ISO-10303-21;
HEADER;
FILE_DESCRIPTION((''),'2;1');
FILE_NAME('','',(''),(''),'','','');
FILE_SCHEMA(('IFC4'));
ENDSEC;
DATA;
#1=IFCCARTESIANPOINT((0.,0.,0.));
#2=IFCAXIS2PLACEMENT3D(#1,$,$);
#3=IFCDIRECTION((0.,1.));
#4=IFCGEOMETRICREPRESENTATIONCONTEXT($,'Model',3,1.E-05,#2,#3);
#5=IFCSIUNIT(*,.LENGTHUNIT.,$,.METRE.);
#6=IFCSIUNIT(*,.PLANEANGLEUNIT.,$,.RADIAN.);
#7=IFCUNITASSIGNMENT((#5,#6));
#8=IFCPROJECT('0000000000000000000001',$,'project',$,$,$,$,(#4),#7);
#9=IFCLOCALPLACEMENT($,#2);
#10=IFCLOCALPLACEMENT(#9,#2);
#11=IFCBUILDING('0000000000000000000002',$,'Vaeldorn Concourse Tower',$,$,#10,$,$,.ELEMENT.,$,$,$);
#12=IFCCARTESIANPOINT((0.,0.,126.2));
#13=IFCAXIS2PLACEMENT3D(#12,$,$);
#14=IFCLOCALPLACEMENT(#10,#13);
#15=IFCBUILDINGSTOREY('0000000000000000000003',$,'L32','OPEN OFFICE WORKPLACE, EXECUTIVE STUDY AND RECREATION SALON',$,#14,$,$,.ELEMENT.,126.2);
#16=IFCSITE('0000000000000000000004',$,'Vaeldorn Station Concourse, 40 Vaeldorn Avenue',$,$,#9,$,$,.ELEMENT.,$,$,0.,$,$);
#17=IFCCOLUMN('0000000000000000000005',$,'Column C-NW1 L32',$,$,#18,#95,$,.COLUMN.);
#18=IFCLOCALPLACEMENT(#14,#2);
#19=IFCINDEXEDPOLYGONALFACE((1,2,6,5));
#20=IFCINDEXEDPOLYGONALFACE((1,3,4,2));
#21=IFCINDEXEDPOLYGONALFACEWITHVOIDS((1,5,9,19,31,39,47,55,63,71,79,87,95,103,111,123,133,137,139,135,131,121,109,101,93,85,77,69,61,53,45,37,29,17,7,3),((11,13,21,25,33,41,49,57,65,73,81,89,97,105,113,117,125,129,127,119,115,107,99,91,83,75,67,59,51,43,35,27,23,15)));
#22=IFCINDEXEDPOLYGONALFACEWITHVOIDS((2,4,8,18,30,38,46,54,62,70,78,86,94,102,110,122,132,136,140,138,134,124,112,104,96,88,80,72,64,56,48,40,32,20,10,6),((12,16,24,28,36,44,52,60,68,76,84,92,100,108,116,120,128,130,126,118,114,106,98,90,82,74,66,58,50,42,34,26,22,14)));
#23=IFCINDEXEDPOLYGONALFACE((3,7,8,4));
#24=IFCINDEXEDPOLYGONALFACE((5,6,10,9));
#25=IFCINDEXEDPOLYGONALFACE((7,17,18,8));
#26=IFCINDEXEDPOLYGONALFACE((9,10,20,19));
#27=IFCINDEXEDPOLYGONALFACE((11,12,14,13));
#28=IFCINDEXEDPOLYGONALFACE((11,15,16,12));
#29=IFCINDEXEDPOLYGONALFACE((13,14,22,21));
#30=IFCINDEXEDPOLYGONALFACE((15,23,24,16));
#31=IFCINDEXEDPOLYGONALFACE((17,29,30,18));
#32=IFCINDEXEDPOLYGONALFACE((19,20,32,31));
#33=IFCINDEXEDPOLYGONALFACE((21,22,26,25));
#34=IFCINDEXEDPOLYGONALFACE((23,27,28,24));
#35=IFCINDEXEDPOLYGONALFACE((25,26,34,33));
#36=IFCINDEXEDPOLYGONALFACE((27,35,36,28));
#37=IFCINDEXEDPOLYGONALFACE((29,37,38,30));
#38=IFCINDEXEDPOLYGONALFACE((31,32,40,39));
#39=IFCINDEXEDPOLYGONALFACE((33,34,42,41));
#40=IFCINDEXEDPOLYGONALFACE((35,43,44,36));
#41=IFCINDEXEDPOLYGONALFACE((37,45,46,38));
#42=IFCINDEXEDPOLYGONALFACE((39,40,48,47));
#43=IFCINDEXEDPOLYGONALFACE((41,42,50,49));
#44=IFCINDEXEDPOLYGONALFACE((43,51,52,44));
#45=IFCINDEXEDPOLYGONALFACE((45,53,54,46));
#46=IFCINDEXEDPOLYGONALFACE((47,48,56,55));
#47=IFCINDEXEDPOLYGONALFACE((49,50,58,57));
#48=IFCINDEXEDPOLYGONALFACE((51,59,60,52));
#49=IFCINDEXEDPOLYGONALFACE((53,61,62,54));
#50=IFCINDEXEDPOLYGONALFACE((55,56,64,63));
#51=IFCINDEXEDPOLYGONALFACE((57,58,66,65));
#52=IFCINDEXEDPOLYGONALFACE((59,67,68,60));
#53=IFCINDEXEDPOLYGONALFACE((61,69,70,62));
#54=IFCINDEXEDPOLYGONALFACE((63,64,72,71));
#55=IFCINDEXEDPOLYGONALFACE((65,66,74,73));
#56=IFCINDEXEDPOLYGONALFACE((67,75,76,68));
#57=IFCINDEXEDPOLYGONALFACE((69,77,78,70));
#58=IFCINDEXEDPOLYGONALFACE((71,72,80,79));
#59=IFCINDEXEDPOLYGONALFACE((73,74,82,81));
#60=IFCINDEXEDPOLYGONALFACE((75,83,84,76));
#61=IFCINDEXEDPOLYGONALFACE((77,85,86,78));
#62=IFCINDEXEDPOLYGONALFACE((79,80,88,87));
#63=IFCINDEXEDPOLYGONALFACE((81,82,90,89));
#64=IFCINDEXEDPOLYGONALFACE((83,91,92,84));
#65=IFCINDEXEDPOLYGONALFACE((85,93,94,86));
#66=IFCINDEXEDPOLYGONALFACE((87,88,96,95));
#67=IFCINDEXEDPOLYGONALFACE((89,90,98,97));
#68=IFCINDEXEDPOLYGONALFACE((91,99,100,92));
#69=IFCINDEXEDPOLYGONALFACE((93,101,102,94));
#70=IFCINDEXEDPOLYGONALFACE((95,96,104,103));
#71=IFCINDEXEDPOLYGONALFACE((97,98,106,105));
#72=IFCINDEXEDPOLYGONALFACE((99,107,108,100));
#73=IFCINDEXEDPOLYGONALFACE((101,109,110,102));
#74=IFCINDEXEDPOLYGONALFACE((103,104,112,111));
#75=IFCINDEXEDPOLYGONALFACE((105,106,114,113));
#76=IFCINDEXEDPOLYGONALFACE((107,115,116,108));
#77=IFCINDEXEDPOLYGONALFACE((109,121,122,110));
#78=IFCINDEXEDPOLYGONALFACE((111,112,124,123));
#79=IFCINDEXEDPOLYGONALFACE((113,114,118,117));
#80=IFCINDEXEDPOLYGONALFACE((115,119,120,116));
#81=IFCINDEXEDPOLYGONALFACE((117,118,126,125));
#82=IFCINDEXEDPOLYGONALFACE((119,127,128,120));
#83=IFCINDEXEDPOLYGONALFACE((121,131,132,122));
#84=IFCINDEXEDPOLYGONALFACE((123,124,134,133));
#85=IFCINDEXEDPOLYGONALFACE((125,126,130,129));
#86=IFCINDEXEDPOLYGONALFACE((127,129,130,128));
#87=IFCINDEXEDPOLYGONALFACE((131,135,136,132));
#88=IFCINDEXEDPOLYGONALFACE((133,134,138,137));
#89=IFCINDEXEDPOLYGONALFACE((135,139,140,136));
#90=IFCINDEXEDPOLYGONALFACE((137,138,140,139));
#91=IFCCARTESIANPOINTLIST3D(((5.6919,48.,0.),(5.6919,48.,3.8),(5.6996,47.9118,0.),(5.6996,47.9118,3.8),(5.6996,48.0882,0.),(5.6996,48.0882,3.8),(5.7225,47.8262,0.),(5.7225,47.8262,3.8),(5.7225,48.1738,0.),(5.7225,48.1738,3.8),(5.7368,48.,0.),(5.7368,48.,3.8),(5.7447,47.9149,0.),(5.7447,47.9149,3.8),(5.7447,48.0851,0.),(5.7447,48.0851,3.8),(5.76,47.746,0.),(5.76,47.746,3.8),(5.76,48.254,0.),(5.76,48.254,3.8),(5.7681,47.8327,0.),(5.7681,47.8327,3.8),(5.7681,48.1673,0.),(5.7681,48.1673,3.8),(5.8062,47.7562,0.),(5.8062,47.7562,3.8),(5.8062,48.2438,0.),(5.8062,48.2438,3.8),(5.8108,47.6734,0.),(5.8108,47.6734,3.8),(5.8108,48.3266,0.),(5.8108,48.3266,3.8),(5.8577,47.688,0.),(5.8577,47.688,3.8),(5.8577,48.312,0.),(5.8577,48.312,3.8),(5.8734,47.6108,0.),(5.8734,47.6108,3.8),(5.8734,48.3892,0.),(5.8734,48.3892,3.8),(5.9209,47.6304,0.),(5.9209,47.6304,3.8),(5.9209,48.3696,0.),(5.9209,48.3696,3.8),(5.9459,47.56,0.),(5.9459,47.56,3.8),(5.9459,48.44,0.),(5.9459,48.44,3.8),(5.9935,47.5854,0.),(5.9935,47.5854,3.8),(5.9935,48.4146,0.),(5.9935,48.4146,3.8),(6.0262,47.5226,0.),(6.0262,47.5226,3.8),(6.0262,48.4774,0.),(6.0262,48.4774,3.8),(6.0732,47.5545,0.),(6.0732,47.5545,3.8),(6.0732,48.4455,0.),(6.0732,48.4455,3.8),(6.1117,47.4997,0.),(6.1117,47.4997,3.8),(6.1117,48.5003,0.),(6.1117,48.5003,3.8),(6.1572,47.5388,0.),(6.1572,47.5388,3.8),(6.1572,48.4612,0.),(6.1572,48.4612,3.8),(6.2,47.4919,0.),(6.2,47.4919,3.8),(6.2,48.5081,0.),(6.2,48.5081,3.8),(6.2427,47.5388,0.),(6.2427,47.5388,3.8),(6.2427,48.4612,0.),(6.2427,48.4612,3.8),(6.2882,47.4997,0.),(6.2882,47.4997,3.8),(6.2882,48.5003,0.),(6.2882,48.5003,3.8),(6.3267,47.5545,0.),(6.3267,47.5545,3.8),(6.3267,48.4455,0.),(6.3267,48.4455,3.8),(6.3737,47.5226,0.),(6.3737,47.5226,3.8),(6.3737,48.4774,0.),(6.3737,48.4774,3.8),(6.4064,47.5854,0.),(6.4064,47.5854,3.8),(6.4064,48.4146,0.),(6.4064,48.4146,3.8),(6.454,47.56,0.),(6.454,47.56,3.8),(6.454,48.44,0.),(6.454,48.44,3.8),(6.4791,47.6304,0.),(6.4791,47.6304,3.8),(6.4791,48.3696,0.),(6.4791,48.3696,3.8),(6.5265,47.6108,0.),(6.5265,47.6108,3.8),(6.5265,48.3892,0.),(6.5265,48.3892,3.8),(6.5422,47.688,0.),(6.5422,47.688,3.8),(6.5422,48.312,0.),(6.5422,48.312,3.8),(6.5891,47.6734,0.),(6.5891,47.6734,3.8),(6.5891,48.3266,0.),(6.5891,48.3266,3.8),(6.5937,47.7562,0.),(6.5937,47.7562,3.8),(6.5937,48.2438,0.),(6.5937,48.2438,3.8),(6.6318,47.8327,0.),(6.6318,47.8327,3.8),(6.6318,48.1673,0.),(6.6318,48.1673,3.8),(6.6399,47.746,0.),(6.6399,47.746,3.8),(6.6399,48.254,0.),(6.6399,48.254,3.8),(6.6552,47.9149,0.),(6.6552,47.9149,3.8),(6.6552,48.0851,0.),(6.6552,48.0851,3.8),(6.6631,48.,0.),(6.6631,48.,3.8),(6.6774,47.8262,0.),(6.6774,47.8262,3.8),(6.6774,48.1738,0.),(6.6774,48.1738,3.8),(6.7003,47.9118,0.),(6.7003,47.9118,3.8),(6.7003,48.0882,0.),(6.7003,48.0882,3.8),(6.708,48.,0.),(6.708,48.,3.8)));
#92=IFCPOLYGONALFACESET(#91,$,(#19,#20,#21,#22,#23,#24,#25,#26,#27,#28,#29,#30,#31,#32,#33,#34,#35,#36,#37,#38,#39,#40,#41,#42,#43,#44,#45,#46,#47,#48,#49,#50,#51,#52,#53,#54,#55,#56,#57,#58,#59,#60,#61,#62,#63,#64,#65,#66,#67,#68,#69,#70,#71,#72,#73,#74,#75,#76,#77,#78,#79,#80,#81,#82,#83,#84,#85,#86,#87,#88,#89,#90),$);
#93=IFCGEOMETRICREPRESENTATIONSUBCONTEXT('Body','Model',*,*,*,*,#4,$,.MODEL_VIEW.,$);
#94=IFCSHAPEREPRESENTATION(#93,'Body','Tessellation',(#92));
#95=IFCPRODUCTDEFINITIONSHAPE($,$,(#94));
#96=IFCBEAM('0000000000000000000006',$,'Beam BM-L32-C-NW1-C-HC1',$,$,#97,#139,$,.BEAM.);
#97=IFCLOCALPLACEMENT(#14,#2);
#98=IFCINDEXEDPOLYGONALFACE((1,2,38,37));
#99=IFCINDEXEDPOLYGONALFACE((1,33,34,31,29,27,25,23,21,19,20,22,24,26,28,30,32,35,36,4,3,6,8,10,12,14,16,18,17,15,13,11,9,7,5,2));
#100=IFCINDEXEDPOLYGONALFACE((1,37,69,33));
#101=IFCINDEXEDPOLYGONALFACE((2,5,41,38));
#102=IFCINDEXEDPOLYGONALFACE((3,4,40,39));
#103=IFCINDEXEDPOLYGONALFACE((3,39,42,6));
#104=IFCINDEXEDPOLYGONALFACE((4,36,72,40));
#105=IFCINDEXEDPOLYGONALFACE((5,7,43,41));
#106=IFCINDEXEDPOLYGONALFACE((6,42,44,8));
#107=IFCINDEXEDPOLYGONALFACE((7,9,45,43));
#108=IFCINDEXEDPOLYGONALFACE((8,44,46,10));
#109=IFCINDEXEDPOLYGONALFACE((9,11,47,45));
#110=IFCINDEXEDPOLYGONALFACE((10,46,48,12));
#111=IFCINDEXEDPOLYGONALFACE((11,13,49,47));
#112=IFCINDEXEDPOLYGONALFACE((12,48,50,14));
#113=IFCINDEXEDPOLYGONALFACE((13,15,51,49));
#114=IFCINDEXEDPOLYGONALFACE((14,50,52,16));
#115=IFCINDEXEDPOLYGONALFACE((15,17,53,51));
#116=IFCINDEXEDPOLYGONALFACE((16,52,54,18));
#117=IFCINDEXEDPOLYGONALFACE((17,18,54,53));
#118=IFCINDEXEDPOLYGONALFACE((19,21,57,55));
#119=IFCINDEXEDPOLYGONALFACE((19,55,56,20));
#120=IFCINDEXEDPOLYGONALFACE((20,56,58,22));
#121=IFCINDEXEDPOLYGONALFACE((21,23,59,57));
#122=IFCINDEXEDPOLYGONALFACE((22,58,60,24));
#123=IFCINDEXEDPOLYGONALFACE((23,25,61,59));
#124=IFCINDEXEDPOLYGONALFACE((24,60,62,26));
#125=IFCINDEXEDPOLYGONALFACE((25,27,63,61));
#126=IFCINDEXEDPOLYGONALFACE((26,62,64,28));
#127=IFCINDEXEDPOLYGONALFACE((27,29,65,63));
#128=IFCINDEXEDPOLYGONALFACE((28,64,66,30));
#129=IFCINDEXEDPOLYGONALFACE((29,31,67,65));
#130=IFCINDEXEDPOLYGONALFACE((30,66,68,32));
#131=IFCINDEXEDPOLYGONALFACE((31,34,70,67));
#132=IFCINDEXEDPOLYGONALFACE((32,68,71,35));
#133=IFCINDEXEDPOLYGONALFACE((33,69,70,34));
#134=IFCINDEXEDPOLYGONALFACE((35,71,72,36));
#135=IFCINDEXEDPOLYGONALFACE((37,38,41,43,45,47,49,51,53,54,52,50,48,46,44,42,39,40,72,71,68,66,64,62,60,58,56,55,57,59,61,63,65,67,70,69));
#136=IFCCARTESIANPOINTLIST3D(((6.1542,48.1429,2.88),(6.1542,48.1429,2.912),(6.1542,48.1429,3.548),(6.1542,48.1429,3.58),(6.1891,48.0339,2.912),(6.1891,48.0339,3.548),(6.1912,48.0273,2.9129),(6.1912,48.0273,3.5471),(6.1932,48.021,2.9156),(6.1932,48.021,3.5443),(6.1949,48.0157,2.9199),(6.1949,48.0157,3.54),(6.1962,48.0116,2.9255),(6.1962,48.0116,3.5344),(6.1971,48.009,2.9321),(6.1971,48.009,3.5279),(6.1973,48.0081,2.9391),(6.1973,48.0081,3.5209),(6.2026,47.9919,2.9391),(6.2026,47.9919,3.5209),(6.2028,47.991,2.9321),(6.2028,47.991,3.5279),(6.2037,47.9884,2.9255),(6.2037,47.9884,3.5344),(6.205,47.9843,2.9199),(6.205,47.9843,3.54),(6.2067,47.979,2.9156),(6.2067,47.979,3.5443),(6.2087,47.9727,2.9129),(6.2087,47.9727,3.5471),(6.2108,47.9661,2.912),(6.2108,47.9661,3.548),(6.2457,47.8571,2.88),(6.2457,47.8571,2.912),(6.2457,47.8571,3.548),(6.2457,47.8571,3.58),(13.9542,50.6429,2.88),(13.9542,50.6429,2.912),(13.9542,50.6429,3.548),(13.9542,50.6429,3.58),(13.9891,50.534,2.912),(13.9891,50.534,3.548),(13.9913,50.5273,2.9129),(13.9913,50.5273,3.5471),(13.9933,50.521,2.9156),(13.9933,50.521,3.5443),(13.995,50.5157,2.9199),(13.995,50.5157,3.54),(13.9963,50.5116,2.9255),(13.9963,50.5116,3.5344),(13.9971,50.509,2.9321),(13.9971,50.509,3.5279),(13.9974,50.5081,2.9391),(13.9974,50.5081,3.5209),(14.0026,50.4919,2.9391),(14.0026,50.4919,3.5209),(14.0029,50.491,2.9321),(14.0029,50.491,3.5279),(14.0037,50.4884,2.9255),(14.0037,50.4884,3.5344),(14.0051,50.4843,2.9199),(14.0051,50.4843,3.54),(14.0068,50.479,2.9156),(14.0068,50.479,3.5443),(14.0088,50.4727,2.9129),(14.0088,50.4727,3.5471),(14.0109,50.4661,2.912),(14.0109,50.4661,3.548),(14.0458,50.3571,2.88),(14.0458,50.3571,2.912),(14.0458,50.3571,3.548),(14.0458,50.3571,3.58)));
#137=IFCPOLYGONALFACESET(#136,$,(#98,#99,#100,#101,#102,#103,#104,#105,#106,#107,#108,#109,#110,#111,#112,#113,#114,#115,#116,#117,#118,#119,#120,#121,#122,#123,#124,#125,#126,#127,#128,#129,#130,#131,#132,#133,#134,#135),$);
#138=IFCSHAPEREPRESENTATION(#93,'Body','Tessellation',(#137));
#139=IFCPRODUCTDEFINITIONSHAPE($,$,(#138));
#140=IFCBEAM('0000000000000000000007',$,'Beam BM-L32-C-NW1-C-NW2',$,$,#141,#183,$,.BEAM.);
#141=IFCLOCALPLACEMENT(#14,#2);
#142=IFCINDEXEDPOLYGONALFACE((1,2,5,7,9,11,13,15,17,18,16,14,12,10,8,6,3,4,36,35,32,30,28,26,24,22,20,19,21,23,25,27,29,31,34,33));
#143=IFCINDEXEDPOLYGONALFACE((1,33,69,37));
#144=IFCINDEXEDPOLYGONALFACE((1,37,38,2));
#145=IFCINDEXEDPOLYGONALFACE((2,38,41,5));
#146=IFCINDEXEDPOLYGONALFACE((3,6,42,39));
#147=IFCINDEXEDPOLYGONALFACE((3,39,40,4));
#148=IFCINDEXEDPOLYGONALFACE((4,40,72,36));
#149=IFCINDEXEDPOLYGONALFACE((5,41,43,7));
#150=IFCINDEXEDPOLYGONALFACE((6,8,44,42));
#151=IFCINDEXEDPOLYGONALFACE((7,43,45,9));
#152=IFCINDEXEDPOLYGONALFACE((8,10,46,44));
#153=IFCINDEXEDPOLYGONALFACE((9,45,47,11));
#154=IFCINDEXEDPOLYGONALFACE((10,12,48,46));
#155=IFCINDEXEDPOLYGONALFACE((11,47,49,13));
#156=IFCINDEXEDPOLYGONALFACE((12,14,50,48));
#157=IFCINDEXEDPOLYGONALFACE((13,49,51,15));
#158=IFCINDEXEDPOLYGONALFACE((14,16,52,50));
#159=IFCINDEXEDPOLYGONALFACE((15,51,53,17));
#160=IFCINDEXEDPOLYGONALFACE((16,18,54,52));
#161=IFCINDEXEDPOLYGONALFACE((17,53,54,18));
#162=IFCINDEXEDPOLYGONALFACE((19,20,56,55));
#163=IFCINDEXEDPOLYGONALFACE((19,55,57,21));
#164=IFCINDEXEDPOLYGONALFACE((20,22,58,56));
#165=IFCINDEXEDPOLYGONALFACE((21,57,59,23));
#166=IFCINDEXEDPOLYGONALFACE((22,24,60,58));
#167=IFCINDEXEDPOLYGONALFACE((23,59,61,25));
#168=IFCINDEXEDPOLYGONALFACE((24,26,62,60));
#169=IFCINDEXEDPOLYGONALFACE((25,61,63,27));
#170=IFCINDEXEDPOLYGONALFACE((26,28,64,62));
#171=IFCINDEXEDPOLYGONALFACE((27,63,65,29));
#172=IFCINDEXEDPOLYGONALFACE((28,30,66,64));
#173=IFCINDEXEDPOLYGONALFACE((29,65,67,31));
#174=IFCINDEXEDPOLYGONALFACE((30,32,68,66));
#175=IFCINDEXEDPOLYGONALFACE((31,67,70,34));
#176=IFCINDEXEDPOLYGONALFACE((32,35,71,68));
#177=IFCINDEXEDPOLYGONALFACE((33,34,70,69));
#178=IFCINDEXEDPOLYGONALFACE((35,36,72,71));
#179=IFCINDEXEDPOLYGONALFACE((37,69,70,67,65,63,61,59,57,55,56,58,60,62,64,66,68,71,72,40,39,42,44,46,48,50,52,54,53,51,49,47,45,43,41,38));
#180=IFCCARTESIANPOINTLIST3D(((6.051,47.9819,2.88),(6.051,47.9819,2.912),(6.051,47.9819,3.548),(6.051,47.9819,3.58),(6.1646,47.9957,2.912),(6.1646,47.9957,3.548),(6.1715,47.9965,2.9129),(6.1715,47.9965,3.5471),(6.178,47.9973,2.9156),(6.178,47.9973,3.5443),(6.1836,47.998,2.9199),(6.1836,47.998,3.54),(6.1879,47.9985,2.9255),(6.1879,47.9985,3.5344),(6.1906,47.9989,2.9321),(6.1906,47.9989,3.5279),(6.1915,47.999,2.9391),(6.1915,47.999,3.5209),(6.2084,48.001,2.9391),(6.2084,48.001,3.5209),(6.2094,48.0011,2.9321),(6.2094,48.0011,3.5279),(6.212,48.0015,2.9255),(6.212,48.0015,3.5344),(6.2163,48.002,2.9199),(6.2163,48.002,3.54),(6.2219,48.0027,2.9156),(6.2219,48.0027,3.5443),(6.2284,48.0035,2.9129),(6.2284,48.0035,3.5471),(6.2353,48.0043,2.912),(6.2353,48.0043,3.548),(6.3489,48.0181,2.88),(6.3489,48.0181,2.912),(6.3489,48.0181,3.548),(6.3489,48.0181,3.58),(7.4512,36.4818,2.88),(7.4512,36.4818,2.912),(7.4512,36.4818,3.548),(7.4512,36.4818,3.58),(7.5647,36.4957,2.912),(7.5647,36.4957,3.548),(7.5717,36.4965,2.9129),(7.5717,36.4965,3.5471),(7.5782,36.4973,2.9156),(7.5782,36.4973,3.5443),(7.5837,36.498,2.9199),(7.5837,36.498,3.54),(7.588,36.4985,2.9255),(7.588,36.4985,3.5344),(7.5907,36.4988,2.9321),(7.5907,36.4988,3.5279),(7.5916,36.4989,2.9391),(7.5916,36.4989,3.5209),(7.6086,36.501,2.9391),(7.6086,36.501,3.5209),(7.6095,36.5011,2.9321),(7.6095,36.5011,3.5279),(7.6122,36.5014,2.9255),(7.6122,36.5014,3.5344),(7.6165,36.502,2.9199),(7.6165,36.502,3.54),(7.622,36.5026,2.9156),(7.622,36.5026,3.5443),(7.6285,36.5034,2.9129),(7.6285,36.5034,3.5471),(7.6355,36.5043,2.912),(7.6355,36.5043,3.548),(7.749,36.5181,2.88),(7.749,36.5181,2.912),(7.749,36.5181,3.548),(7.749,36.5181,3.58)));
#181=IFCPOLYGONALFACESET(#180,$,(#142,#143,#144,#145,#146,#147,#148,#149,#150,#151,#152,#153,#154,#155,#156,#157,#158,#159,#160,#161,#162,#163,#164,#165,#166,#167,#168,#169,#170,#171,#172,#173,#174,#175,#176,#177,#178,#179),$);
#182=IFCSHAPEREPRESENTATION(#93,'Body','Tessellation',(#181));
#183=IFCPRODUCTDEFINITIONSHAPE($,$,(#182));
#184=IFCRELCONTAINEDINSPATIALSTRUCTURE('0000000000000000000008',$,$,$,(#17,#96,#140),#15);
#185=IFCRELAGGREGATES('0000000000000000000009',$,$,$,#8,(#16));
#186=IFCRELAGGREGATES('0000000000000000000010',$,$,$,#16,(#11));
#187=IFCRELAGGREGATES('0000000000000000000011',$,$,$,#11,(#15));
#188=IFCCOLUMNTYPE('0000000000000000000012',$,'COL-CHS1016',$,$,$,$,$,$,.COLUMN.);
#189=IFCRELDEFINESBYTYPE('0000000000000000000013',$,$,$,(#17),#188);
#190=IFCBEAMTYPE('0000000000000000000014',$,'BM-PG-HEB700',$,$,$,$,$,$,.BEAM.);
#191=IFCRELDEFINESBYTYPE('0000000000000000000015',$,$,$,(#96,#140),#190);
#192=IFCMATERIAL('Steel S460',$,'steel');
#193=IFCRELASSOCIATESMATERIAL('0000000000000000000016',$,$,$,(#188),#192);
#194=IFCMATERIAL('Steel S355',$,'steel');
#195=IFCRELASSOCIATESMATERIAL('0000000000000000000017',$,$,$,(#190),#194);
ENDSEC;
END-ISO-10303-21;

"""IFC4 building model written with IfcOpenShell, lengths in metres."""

from ifc_helpers import new_model, si_unit, direction, frame, origin, origin_2d, place, context, subcontext, project, spatial, hollow_circle, i_section, extrude, source, transform, mapped, material, material_profile, profile_set, type_object, element, save


model = new_model("IFC4")

# Units and contexts
model_context = context("Model", 3, precision=1e-05, world=origin(), true_north=direction((0.0, 1.0)))
body_context = subcontext(model_context, "Body", "Model", "MODEL_VIEW")
ifc_project = project(units=[si_unit("LENGTHUNIT", "METRE"), si_unit("PLANEANGLEUNIT", "RADIAN")], contexts=[model_context])

# Site, building, storey
site_placement = place(None, origin())
site = spatial("IfcSite", under=ifc_project, at=site_placement, Name="Vaeldorn Station Concourse, 40 Vaeldorn Avenue", CompositionType="ELEMENT", RefElevation=0.0)
building_placement = place(site_placement, origin())
building = spatial("IfcBuilding", under=site, at=building_placement, Name="Vaeldorn Concourse Tower", CompositionType="ELEMENT")
storey_placement = place(building_placement, frame((0.0, 0.0, 126.2)))
storey = spatial("IfcBuildingStorey", under=building, at=storey_placement, Name="L32", Description="OPEN OFFICE WORKPLACE, EXECUTIVE STUDY AND RECREATION SALON", CompositionType="ELEMENT", Elevation=126.2)

# Column
ifc_material_1 = material(Name="Steel S460", Category="steel")
ifc_material_profile_1 = material_profile(ifc_material_1, hollow_circle(Radius=0.5081, WallThickness=0.0449, at=origin_2d()), Name="CHS 1016x45")
ifc_profile_set_1 = profile_set([ifc_material_profile_1], Name="Steel S460")
column_type = type_object("IfcColumnType", Name="COL-CHS1016", PredefinedType="COLUMN", material=ifc_profile_set_1)
shared_shape_1 = source(origin(), body_context, "Body", "SweptSolid", [
    extrude(hollow_circle(Radius=0.5081, WallThickness=0.0449, at=origin_2d()), origin(), (0.0, 0.0, 1.0), 3.8),
])
column_placement = place(storey_placement, frame((6.2, 48.0, 0.0), z_axis=(0.0, 0.0, 1.0), x_axis=(1.0, 0.0, 0.0)))
element("IfcColumn", 1, at=column_placement, inside=storey, type_object=column_type, Name="Column C-NW1 L32", PredefinedType="COLUMN", context=body_context, shape_type="MappedRepresentation", body=[
    mapped(shared_shape_1, transform((0.0, 0.0, 0.0), scale=1.0)),
])

# Beams
ifc_material_2 = material(Name="Steel S355", Category="steel")
ifc_material_profile_2 = material_profile(ifc_material_2, i_section(OverallWidth=0.3, OverallDepth=0.7, WebThickness=0.0171, FlangeThickness=0.032, FilletRadius=0.0271, at=origin_2d()), Name="HEB 700")
ifc_profile_set_2 = profile_set([ifc_material_profile_2], Name="Steel S355")
beam_type_1 = type_object("IfcBeamType", Name="BM-PG-HEB700", PredefinedType="BEAM", material=ifc_profile_set_2)
shared_shape_2 = source(origin(), body_context, "Body", "SweptSolid", [
    extrude(i_section(OverallWidth=0.3, OverallDepth=0.7, WebThickness=0.0171, FlangeThickness=0.032, FilletRadius=0.0271, at=origin_2d()), origin(), (0.0, 0.0, 1.0), 8.1909),
])
beam_1_placement = place(storey_placement, frame((6.2, 48.0, 3.23), z_axis=(0.952283, 0.305217, 0.0), x_axis=(-0.305217, 0.952283, 0.0)))
element("IfcBeam", 2, at=beam_1_placement, inside=storey, type_object=beam_type_1, Name="Beam BM-L32-C-NW1-C-HC1", PredefinedType="BEAM", context=body_context, shape_type="MappedRepresentation", body=[
    mapped(shared_shape_2, transform((0.0, 0.0, 0.0), scale=1.0)),
])
shared_shape_3 = source(origin(), body_context, "Body", "SweptSolid", [
    extrude(i_section(OverallWidth=0.3, OverallDepth=0.7, WebThickness=0.0171, FlangeThickness=0.032, FilletRadius=0.0271, at=origin_2d()), origin(), (0.0, 0.0, 1.0), 11.585),
])
beam_2_placement = place(storey_placement, frame((6.2, 48.0, 3.23), z_axis=(0.120859, -0.99267, 0.0), x_axis=(0.99267, 0.120859, 0.0)))
element("IfcBeam", 3, at=beam_2_placement, inside=storey, type_object=beam_type_1, Name="Beam BM-L32-C-NW1-C-NW2", PredefinedType="BEAM", context=body_context, shape_type="MappedRepresentation", body=[
    mapped(shared_shape_3, transform((0.0, 0.0, 0.0), scale=1.0)),
])

save(model, "model.ifc")
